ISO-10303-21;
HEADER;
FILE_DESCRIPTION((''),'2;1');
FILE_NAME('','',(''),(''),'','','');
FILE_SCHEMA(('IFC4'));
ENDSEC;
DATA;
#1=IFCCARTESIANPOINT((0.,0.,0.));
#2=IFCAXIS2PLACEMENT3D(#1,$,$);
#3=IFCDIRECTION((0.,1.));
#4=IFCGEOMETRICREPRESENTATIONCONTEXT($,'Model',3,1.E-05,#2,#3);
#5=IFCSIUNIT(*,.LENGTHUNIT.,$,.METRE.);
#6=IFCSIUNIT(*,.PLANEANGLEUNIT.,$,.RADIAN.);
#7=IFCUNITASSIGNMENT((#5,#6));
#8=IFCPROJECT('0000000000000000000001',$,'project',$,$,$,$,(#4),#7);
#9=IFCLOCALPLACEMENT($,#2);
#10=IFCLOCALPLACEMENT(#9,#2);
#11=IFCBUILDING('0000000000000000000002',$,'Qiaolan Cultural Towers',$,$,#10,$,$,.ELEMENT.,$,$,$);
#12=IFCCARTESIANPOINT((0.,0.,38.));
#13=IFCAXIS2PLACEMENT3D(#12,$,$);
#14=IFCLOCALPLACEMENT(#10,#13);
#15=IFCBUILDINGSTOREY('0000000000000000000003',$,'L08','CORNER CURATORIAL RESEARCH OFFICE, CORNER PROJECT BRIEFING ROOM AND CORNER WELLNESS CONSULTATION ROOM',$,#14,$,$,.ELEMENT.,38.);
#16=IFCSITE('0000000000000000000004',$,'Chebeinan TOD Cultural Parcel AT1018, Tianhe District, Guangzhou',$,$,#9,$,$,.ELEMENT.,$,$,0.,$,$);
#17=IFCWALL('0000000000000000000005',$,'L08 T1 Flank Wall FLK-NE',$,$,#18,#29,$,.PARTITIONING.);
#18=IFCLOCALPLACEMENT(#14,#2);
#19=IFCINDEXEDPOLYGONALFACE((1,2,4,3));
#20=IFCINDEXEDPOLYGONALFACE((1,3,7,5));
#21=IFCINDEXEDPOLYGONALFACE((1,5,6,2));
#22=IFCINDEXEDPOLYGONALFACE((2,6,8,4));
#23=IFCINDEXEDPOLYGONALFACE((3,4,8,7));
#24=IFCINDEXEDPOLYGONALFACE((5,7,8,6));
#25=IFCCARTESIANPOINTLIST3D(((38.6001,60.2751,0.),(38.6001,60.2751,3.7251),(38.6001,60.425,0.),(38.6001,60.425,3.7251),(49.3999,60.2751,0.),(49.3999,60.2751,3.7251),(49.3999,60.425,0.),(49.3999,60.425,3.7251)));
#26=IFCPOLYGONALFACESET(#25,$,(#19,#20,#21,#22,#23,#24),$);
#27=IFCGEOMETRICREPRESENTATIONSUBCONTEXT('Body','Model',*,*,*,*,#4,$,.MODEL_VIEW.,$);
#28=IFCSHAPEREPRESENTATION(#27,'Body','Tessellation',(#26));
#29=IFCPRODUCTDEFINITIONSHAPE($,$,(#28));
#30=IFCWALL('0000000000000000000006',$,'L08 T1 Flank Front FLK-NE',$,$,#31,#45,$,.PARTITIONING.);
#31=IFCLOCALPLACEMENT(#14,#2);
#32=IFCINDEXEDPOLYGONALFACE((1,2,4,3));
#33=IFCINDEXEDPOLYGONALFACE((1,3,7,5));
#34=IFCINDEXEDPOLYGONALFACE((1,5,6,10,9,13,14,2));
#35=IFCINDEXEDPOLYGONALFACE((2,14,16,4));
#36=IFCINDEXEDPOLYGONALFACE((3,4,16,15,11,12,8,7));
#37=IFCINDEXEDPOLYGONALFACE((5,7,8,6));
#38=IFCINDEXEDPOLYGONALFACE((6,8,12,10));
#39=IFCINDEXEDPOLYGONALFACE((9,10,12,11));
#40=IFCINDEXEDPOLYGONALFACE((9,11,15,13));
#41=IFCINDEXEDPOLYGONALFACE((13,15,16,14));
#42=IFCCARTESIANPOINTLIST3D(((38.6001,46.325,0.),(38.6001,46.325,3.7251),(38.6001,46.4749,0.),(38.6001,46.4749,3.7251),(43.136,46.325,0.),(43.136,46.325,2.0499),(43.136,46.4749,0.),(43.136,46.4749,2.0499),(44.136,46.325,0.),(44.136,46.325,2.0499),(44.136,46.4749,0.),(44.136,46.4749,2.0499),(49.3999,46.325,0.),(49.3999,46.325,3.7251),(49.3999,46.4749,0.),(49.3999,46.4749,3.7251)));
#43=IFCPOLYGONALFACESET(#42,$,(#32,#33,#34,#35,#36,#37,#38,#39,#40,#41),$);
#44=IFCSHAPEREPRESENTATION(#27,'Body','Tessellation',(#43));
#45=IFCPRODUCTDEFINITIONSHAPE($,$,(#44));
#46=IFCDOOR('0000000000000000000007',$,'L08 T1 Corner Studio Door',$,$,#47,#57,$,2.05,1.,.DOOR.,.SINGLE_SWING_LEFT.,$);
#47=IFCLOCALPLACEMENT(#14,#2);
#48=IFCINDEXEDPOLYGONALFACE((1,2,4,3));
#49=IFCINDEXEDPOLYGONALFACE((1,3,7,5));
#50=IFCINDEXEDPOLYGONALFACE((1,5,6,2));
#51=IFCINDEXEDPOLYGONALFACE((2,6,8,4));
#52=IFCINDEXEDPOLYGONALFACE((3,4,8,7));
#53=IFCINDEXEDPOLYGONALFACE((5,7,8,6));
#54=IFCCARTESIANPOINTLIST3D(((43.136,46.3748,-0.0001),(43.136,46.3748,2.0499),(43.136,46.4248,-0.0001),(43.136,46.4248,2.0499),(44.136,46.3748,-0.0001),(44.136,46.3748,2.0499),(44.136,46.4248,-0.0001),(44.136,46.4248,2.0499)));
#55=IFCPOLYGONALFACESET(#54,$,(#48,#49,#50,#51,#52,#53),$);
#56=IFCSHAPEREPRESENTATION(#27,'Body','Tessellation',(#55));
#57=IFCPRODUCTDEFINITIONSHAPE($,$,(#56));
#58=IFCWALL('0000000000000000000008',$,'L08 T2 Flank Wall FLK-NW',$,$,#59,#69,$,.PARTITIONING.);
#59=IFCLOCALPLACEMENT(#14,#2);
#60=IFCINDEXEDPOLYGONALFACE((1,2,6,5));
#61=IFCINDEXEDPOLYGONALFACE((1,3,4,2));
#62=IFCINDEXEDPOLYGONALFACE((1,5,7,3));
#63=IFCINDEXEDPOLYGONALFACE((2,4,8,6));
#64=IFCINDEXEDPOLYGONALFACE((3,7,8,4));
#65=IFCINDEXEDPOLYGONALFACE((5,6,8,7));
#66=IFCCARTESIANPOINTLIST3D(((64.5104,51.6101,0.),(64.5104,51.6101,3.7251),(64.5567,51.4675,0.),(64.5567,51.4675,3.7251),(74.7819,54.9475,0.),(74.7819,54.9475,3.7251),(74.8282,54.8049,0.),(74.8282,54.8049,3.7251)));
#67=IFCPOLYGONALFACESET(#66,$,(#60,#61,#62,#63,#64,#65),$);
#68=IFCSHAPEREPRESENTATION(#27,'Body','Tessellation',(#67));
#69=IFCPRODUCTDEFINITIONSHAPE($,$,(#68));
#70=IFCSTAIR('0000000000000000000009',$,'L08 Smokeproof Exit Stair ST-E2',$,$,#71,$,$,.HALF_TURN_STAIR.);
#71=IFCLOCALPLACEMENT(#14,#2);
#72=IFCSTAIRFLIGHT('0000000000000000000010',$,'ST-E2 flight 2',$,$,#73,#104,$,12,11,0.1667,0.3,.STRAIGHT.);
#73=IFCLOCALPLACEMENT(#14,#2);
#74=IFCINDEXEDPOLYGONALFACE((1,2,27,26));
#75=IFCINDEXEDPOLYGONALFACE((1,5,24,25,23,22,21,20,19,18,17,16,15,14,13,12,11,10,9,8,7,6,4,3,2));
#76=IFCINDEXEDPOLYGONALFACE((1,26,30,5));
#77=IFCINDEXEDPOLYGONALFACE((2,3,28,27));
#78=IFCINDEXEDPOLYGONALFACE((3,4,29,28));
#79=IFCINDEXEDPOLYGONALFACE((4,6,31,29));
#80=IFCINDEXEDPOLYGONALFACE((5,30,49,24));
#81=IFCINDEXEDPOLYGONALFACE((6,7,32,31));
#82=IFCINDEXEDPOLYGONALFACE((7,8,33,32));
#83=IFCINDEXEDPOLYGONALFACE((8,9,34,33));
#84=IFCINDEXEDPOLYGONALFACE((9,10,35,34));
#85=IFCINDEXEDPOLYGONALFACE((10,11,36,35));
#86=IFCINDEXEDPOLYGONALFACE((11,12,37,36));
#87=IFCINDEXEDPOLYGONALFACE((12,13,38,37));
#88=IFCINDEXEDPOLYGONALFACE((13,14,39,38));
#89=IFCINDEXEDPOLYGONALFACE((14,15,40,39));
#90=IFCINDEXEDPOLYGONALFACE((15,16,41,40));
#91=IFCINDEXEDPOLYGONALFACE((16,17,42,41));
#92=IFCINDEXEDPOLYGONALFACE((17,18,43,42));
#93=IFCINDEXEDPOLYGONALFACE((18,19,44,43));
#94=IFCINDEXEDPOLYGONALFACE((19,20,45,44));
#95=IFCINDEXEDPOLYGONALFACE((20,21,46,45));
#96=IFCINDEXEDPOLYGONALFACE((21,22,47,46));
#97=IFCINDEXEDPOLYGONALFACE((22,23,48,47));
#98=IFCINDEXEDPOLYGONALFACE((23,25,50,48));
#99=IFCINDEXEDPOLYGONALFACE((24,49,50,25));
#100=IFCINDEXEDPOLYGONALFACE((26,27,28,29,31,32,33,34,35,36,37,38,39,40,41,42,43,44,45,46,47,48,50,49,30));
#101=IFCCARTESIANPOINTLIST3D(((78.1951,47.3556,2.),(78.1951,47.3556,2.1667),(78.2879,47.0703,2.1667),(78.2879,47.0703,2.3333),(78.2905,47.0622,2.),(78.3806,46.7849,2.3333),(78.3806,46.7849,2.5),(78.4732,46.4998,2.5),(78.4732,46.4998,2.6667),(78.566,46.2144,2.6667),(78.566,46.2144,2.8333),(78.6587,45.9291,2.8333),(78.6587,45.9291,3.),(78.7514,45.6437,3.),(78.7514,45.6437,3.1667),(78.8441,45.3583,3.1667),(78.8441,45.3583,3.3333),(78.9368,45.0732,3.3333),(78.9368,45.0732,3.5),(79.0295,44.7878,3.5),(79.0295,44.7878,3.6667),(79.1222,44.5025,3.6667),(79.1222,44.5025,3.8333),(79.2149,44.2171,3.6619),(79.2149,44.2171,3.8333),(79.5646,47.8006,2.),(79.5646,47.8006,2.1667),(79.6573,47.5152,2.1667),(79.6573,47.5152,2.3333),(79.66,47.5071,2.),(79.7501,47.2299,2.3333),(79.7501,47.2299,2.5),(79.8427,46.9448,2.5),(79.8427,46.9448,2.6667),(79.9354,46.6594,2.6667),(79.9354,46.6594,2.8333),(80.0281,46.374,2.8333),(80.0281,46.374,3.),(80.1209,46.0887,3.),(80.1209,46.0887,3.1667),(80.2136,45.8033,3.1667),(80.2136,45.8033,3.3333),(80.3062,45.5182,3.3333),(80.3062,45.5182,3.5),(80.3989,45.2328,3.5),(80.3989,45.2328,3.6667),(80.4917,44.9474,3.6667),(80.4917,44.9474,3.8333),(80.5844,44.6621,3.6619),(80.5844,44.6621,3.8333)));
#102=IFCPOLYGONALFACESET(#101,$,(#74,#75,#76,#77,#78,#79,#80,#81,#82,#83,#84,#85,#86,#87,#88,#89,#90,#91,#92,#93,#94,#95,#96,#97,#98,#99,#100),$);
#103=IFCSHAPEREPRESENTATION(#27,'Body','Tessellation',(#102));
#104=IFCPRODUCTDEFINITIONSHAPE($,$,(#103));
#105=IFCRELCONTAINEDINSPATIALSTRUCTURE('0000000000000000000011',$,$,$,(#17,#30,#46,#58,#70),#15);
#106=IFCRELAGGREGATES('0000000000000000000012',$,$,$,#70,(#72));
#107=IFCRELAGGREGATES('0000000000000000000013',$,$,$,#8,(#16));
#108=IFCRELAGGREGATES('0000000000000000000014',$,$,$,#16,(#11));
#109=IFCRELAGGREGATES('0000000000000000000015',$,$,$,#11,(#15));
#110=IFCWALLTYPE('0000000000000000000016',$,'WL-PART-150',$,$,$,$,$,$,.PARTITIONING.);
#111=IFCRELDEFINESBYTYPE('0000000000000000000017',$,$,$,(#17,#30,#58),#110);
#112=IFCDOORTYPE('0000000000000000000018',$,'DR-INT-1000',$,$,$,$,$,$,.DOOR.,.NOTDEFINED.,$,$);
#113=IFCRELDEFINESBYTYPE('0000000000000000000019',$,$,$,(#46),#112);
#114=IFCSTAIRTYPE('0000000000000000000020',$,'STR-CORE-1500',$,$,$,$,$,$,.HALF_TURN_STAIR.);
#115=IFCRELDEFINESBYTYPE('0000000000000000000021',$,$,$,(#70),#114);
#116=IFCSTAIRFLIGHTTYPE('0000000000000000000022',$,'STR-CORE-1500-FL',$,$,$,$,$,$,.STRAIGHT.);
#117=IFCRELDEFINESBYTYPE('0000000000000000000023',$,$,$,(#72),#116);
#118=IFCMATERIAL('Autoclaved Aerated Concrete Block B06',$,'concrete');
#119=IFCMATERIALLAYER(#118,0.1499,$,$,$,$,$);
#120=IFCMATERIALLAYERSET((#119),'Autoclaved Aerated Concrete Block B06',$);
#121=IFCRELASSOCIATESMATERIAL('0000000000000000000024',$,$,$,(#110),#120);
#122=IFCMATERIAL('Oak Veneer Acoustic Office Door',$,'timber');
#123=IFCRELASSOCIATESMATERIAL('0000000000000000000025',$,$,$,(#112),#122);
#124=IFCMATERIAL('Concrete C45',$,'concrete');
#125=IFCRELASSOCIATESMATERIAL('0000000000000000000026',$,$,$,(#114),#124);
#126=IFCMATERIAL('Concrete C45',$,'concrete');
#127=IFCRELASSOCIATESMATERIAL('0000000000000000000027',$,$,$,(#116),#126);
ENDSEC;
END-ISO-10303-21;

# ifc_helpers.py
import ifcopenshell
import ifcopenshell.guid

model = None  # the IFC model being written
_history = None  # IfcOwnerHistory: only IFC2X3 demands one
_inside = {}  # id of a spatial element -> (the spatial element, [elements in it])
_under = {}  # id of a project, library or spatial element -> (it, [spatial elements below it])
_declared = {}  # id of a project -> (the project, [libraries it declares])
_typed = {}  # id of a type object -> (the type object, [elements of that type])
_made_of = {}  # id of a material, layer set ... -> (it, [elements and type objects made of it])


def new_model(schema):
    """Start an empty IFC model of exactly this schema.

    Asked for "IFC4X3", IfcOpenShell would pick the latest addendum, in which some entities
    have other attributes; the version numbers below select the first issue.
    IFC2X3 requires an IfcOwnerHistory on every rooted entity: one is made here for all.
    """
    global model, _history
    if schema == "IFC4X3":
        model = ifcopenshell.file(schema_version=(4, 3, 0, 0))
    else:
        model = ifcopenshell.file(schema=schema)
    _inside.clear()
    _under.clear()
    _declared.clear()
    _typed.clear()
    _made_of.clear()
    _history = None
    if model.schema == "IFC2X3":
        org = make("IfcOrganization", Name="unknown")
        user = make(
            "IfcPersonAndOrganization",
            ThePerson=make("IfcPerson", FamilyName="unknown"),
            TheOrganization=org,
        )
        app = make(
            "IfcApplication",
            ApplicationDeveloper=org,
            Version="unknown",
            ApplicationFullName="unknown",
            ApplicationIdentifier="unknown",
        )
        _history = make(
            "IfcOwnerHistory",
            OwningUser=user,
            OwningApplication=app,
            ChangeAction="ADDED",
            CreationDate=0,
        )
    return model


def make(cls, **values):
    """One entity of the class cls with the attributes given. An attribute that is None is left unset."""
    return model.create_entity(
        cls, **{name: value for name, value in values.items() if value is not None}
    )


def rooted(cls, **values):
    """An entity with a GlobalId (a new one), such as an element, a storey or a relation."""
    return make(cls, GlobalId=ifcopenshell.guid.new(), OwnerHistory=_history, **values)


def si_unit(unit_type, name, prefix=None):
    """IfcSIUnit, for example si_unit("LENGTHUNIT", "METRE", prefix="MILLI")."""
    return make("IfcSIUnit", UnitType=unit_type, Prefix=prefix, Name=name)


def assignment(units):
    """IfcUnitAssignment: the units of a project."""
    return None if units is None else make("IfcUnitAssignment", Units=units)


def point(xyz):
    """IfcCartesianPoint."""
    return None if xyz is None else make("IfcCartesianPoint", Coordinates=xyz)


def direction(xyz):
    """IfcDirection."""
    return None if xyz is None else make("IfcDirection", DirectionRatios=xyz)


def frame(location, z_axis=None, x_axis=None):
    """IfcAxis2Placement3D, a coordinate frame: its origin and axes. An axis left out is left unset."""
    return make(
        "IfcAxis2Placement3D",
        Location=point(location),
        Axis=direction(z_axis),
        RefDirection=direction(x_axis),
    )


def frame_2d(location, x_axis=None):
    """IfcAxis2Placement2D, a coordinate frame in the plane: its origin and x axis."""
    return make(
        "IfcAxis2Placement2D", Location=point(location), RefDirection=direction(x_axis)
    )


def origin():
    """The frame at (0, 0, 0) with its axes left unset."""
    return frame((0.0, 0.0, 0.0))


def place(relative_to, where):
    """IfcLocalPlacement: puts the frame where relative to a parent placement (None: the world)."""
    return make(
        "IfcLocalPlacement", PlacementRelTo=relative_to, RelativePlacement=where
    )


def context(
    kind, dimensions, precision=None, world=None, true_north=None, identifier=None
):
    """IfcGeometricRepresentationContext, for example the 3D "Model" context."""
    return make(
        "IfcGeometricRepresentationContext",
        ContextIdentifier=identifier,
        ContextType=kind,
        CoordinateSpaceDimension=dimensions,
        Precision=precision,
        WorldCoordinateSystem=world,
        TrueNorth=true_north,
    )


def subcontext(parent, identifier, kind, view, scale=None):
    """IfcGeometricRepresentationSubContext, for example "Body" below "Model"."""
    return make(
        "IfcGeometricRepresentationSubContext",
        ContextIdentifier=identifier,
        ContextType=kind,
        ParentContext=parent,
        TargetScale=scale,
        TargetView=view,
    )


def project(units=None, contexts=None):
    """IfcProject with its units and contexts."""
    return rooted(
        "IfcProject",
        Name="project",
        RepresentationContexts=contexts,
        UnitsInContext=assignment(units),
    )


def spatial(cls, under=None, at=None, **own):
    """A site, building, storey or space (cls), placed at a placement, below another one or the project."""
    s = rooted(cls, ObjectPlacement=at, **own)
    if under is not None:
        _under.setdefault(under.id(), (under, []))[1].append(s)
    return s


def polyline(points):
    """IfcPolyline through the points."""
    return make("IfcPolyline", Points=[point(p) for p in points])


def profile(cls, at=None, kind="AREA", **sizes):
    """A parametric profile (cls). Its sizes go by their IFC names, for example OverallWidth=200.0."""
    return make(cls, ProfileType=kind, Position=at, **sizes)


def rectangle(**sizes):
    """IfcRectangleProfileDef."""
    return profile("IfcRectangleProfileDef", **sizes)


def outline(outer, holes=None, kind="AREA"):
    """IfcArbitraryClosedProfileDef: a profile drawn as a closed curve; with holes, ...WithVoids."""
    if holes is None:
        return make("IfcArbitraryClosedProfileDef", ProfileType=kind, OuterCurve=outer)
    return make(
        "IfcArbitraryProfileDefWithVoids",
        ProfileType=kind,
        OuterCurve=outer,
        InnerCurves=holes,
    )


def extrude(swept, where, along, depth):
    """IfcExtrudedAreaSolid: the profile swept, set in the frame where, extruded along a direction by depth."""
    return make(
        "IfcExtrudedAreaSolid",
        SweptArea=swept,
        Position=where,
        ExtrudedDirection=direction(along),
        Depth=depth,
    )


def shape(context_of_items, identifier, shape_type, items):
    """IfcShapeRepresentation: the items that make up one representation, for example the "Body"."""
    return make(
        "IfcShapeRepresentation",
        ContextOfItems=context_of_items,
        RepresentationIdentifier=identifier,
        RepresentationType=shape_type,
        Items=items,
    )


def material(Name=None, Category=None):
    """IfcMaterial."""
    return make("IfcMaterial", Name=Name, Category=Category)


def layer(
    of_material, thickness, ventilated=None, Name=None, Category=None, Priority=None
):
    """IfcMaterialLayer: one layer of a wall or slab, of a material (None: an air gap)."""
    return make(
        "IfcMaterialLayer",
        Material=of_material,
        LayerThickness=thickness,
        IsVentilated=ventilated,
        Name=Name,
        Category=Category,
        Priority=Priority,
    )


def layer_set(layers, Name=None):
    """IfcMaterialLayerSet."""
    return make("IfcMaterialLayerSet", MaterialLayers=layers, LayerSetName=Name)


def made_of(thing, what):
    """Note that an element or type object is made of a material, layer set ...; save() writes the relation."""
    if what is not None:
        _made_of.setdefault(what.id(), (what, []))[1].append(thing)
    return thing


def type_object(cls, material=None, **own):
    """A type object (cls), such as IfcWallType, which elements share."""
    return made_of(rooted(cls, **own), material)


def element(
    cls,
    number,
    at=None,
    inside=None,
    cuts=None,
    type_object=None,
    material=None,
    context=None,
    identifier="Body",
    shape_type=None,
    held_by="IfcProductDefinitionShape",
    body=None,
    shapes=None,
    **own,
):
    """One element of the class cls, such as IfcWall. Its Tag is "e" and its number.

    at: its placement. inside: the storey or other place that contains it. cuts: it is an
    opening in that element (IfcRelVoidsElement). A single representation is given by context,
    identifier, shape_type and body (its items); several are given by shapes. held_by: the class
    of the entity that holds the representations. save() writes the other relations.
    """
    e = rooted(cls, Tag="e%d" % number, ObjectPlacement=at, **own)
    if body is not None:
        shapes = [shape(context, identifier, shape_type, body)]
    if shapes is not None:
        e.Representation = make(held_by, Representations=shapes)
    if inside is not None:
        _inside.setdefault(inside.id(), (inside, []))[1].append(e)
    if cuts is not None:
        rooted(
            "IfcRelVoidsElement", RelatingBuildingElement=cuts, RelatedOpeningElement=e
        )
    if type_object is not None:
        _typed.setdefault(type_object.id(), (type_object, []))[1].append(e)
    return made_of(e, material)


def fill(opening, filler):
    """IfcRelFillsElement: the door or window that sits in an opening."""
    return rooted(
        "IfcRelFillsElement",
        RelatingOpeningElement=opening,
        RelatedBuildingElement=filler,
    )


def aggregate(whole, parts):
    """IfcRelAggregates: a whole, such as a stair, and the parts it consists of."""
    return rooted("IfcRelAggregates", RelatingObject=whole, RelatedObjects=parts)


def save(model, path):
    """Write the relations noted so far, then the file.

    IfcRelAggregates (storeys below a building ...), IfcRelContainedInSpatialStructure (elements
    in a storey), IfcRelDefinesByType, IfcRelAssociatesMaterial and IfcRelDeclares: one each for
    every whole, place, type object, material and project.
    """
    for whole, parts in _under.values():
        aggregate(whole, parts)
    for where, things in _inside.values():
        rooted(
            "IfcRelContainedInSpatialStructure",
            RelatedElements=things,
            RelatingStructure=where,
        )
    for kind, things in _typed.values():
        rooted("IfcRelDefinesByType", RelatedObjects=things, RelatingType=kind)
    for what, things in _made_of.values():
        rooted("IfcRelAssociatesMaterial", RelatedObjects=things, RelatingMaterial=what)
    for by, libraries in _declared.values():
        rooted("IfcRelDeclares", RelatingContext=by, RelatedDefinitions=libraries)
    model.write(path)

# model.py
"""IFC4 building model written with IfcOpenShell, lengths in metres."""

from ifc_helpers import new_model, si_unit, direction, frame, frame_2d, origin, place, context, subcontext, project, spatial, polyline, rectangle, outline, extrude, material, layer, layer_set, type_object, element, fill, aggregate, save


model = new_model("IFC4")

# Units and contexts
model_context = context("Model", 3, precision=1e-05, world=origin(), true_north=direction((0.0, 1.0)))
body_context = subcontext(model_context, "Body", "Model", "MODEL_VIEW")
ifc_project = project(units=[si_unit("LENGTHUNIT", "METRE"), si_unit("PLANEANGLEUNIT", "RADIAN")], contexts=[model_context])

# Site, building, storey
site_placement = place(None, origin())
site = spatial("IfcSite", under=ifc_project, at=site_placement, Name="Chebeinan TOD Cultural Parcel AT1018, Tianhe District, Guangzhou", CompositionType="ELEMENT", RefElevation=0.0)
building_placement = place(site_placement, origin())
building = spatial("IfcBuilding", under=site, at=building_placement, Name="Qiaolan Cultural Towers", CompositionType="ELEMENT")
storey_placement = place(building_placement, frame((0.0, 0.0, 38.0)))
storey = spatial("IfcBuildingStorey", under=building, at=storey_placement, Name="L08", Description="CORNER CURATORIAL RESEARCH OFFICE, CORNER PROJECT BRIEFING ROOM AND CORNER WELLNESS CONSULTATION ROOM", CompositionType="ELEMENT", Elevation=38.0)

# Wall
ifc_material_1 = material(Name="Autoclaved Aerated Concrete Block B06", Category="concrete")
ifc_layer_1 = layer(ifc_material_1, 0.1499)
ifc_layer_set_1 = layer_set([ifc_layer_1], Name="Autoclaved Aerated Concrete Block B06")
wall_type_1 = type_object("IfcWallType", Name="WL-PART-150", PredefinedType="PARTITIONING", material=ifc_layer_set_1)
wall_1_placement = place(storey_placement, frame((38.6001, 60.3501, 0.0), z_axis=(0.0, 0.0, 1.0), x_axis=(1.0, 0.0, 0.0)))
element("IfcWall", 1, at=wall_1_placement, inside=storey, type_object=wall_type_1, Name="L08 T1 Flank Wall FLK-NE", PredefinedType="PARTITIONING", context=body_context, shape_type="SweptSolid", body=[
    extrude(rectangle(XDim=10.7998, YDim=0.1499, at=frame_2d((5.3999, 0.0))), origin(), (0.0, 0.0, 1.0), 3.7251),
])

# Wall, opening, door
wall_2_placement = place(storey_placement, frame((38.6001, 46.3999, 0.0), z_axis=(0.0, 0.0, 1.0), x_axis=(1.0, 0.0, 0.0)))
wall_2 = element("IfcWall", 2, at=wall_2_placement, inside=storey, type_object=wall_type_1, Name="L08 T1 Flank Front FLK-NE", PredefinedType="PARTITIONING", context=body_context, shape_type="SweptSolid", body=[
    extrude(rectangle(XDim=10.7998, YDim=0.1499, at=frame_2d((5.3999, 0.0))), origin(), (0.0, 0.0, 1.0), 3.7251),
])
opening_1_placement = place(wall_2_placement, frame((4.5359, 0.0, 0.0)))
opening_1 = element("IfcOpeningElement", 3, at=opening_1_placement, cuts=wall_2, PredefinedType="OPENING", context=body_context, shape_type="SweptSolid", body=[
    extrude(rectangle(XDim=1.0, YDim=2.05, at=frame_2d((0.5, 1.0249))), frame((0.0, 0.085, 0.0), z_axis=(0.0, -1.0, 0.0), x_axis=(1.0, 0.0, 0.0)), (0.0, 0.0, 1.0), 0.1699),
])
ifc_material_2 = material(Name="Oak Veneer Acoustic Office Door", Category="timber")
door_type_1 = type_object("IfcDoorType", Name="DR-INT-1000", OperationType="NOTDEFINED", PredefinedType="DOOR", material=ifc_material_2)
door_1_placement = place(opening_1_placement, origin())
door_1 = element("IfcDoor", 4, at=door_1_placement, inside=storey, type_object=door_type_1, Name="L08 T1 Corner Studio Door", OperationType="SINGLE_SWING_LEFT", OverallHeight=2.05, OverallWidth=1.0, PredefinedType="DOOR", context=body_context, shape_type="SweptSolid", body=[
    extrude(rectangle(XDim=1.0, YDim=2.05, at=frame_2d((0.5, 1.0249))), frame((0.0, 0.0249, 0.0), z_axis=(0.0, -1.0, 0.0), x_axis=(1.0, 0.0, 0.0)), (0.0, 0.0, 1.0), 0.05),
])
fill(opening_1, door_1)

# Wall
wall_3_placement = place(storey_placement, frame((64.5337, 51.5388, 0.0), z_axis=(0.0, 0.0, 1.0), x_axis=(0.951057, 0.309017, 0.0)))
element("IfcWall", 5, at=wall_3_placement, inside=storey, type_object=wall_type_1, Name="L08 T2 Flank Wall FLK-NW", PredefinedType="PARTITIONING", context=body_context, shape_type="SweptSolid", body=[
    extrude(rectangle(XDim=10.8, YDim=0.1499, at=frame_2d((5.3999, 0.0))), origin(), (0.0, 0.0, 1.0), 3.7251),
])

# Stair, stair flight
ifc_material_3 = material(Name="Concrete C45", Category="concrete")
stair_type = type_object("IfcStairType", Name="STR-CORE-1500", PredefinedType="HALF_TURN_STAIR", material=ifc_material_3)
stair_placement = place(storey_placement, origin())
stair = element("IfcStair", 6, at=stair_placement, inside=storey, type_object=stair_type, Name="L08 Smokeproof Exit Stair ST-E2", PredefinedType="HALF_TURN_STAIR")
ifc_material_4 = material(Name="Concrete C45", Category="concrete")
stair_flight_type = type_object("IfcStairFlightType", Name="STR-CORE-1500-FL", PredefinedType="STRAIGHT", material=ifc_material_4)
stair_flight_placement = place(storey_placement, frame((78.8799, 47.5781, 2.0), z_axis=(0.0, 0.0, 1.0), x_axis=(0.309017, -0.951057, 0.0)))
stair_flight = element("IfcStairFlight", 7, at=stair_flight_placement, type_object=stair_flight_type, Name="ST-E2 flight 2", NumberOfRisers=12, NumberOfTreads=11, PredefinedType="STRAIGHT", RiserHeight=0.1667, TreadLength=0.3, context=body_context, shape_type="SweptSolid", body=[
    extrude(outline(polyline([(0.0, 0.0), (0.0, 0.1667), (0.3, 0.1667), (0.3, 0.3333), (0.6001, 0.3333), (0.6001, 0.5), (0.8999, 0.5), (0.8999, 0.6667), (1.2, 0.6667), (1.2, 0.8333), (1.5, 0.8333), (1.5, 1.0), (1.8, 1.0), (1.8, 1.1667), (2.1001, 1.1667), (2.1001, 1.3333), (2.3999, 1.3333), (2.3999, 1.5), (2.7, 1.5), (2.7, 1.6667), (3.0, 1.6667), (3.0, 1.8333), (3.3, 1.8333), (3.3, 2.0), (3.3, 1.6619), (0.3086, 0.0), (0.0, 0.0)])), frame((0.0, 0.72, 0.0), z_axis=(0.0, -1.0, 0.0), x_axis=(1.0, 0.0, 0.0)), (0.0, 0.0, 1.0), 1.4399),
])
aggregate(stair, [stair_flight])

save(model, "model.ifc")
